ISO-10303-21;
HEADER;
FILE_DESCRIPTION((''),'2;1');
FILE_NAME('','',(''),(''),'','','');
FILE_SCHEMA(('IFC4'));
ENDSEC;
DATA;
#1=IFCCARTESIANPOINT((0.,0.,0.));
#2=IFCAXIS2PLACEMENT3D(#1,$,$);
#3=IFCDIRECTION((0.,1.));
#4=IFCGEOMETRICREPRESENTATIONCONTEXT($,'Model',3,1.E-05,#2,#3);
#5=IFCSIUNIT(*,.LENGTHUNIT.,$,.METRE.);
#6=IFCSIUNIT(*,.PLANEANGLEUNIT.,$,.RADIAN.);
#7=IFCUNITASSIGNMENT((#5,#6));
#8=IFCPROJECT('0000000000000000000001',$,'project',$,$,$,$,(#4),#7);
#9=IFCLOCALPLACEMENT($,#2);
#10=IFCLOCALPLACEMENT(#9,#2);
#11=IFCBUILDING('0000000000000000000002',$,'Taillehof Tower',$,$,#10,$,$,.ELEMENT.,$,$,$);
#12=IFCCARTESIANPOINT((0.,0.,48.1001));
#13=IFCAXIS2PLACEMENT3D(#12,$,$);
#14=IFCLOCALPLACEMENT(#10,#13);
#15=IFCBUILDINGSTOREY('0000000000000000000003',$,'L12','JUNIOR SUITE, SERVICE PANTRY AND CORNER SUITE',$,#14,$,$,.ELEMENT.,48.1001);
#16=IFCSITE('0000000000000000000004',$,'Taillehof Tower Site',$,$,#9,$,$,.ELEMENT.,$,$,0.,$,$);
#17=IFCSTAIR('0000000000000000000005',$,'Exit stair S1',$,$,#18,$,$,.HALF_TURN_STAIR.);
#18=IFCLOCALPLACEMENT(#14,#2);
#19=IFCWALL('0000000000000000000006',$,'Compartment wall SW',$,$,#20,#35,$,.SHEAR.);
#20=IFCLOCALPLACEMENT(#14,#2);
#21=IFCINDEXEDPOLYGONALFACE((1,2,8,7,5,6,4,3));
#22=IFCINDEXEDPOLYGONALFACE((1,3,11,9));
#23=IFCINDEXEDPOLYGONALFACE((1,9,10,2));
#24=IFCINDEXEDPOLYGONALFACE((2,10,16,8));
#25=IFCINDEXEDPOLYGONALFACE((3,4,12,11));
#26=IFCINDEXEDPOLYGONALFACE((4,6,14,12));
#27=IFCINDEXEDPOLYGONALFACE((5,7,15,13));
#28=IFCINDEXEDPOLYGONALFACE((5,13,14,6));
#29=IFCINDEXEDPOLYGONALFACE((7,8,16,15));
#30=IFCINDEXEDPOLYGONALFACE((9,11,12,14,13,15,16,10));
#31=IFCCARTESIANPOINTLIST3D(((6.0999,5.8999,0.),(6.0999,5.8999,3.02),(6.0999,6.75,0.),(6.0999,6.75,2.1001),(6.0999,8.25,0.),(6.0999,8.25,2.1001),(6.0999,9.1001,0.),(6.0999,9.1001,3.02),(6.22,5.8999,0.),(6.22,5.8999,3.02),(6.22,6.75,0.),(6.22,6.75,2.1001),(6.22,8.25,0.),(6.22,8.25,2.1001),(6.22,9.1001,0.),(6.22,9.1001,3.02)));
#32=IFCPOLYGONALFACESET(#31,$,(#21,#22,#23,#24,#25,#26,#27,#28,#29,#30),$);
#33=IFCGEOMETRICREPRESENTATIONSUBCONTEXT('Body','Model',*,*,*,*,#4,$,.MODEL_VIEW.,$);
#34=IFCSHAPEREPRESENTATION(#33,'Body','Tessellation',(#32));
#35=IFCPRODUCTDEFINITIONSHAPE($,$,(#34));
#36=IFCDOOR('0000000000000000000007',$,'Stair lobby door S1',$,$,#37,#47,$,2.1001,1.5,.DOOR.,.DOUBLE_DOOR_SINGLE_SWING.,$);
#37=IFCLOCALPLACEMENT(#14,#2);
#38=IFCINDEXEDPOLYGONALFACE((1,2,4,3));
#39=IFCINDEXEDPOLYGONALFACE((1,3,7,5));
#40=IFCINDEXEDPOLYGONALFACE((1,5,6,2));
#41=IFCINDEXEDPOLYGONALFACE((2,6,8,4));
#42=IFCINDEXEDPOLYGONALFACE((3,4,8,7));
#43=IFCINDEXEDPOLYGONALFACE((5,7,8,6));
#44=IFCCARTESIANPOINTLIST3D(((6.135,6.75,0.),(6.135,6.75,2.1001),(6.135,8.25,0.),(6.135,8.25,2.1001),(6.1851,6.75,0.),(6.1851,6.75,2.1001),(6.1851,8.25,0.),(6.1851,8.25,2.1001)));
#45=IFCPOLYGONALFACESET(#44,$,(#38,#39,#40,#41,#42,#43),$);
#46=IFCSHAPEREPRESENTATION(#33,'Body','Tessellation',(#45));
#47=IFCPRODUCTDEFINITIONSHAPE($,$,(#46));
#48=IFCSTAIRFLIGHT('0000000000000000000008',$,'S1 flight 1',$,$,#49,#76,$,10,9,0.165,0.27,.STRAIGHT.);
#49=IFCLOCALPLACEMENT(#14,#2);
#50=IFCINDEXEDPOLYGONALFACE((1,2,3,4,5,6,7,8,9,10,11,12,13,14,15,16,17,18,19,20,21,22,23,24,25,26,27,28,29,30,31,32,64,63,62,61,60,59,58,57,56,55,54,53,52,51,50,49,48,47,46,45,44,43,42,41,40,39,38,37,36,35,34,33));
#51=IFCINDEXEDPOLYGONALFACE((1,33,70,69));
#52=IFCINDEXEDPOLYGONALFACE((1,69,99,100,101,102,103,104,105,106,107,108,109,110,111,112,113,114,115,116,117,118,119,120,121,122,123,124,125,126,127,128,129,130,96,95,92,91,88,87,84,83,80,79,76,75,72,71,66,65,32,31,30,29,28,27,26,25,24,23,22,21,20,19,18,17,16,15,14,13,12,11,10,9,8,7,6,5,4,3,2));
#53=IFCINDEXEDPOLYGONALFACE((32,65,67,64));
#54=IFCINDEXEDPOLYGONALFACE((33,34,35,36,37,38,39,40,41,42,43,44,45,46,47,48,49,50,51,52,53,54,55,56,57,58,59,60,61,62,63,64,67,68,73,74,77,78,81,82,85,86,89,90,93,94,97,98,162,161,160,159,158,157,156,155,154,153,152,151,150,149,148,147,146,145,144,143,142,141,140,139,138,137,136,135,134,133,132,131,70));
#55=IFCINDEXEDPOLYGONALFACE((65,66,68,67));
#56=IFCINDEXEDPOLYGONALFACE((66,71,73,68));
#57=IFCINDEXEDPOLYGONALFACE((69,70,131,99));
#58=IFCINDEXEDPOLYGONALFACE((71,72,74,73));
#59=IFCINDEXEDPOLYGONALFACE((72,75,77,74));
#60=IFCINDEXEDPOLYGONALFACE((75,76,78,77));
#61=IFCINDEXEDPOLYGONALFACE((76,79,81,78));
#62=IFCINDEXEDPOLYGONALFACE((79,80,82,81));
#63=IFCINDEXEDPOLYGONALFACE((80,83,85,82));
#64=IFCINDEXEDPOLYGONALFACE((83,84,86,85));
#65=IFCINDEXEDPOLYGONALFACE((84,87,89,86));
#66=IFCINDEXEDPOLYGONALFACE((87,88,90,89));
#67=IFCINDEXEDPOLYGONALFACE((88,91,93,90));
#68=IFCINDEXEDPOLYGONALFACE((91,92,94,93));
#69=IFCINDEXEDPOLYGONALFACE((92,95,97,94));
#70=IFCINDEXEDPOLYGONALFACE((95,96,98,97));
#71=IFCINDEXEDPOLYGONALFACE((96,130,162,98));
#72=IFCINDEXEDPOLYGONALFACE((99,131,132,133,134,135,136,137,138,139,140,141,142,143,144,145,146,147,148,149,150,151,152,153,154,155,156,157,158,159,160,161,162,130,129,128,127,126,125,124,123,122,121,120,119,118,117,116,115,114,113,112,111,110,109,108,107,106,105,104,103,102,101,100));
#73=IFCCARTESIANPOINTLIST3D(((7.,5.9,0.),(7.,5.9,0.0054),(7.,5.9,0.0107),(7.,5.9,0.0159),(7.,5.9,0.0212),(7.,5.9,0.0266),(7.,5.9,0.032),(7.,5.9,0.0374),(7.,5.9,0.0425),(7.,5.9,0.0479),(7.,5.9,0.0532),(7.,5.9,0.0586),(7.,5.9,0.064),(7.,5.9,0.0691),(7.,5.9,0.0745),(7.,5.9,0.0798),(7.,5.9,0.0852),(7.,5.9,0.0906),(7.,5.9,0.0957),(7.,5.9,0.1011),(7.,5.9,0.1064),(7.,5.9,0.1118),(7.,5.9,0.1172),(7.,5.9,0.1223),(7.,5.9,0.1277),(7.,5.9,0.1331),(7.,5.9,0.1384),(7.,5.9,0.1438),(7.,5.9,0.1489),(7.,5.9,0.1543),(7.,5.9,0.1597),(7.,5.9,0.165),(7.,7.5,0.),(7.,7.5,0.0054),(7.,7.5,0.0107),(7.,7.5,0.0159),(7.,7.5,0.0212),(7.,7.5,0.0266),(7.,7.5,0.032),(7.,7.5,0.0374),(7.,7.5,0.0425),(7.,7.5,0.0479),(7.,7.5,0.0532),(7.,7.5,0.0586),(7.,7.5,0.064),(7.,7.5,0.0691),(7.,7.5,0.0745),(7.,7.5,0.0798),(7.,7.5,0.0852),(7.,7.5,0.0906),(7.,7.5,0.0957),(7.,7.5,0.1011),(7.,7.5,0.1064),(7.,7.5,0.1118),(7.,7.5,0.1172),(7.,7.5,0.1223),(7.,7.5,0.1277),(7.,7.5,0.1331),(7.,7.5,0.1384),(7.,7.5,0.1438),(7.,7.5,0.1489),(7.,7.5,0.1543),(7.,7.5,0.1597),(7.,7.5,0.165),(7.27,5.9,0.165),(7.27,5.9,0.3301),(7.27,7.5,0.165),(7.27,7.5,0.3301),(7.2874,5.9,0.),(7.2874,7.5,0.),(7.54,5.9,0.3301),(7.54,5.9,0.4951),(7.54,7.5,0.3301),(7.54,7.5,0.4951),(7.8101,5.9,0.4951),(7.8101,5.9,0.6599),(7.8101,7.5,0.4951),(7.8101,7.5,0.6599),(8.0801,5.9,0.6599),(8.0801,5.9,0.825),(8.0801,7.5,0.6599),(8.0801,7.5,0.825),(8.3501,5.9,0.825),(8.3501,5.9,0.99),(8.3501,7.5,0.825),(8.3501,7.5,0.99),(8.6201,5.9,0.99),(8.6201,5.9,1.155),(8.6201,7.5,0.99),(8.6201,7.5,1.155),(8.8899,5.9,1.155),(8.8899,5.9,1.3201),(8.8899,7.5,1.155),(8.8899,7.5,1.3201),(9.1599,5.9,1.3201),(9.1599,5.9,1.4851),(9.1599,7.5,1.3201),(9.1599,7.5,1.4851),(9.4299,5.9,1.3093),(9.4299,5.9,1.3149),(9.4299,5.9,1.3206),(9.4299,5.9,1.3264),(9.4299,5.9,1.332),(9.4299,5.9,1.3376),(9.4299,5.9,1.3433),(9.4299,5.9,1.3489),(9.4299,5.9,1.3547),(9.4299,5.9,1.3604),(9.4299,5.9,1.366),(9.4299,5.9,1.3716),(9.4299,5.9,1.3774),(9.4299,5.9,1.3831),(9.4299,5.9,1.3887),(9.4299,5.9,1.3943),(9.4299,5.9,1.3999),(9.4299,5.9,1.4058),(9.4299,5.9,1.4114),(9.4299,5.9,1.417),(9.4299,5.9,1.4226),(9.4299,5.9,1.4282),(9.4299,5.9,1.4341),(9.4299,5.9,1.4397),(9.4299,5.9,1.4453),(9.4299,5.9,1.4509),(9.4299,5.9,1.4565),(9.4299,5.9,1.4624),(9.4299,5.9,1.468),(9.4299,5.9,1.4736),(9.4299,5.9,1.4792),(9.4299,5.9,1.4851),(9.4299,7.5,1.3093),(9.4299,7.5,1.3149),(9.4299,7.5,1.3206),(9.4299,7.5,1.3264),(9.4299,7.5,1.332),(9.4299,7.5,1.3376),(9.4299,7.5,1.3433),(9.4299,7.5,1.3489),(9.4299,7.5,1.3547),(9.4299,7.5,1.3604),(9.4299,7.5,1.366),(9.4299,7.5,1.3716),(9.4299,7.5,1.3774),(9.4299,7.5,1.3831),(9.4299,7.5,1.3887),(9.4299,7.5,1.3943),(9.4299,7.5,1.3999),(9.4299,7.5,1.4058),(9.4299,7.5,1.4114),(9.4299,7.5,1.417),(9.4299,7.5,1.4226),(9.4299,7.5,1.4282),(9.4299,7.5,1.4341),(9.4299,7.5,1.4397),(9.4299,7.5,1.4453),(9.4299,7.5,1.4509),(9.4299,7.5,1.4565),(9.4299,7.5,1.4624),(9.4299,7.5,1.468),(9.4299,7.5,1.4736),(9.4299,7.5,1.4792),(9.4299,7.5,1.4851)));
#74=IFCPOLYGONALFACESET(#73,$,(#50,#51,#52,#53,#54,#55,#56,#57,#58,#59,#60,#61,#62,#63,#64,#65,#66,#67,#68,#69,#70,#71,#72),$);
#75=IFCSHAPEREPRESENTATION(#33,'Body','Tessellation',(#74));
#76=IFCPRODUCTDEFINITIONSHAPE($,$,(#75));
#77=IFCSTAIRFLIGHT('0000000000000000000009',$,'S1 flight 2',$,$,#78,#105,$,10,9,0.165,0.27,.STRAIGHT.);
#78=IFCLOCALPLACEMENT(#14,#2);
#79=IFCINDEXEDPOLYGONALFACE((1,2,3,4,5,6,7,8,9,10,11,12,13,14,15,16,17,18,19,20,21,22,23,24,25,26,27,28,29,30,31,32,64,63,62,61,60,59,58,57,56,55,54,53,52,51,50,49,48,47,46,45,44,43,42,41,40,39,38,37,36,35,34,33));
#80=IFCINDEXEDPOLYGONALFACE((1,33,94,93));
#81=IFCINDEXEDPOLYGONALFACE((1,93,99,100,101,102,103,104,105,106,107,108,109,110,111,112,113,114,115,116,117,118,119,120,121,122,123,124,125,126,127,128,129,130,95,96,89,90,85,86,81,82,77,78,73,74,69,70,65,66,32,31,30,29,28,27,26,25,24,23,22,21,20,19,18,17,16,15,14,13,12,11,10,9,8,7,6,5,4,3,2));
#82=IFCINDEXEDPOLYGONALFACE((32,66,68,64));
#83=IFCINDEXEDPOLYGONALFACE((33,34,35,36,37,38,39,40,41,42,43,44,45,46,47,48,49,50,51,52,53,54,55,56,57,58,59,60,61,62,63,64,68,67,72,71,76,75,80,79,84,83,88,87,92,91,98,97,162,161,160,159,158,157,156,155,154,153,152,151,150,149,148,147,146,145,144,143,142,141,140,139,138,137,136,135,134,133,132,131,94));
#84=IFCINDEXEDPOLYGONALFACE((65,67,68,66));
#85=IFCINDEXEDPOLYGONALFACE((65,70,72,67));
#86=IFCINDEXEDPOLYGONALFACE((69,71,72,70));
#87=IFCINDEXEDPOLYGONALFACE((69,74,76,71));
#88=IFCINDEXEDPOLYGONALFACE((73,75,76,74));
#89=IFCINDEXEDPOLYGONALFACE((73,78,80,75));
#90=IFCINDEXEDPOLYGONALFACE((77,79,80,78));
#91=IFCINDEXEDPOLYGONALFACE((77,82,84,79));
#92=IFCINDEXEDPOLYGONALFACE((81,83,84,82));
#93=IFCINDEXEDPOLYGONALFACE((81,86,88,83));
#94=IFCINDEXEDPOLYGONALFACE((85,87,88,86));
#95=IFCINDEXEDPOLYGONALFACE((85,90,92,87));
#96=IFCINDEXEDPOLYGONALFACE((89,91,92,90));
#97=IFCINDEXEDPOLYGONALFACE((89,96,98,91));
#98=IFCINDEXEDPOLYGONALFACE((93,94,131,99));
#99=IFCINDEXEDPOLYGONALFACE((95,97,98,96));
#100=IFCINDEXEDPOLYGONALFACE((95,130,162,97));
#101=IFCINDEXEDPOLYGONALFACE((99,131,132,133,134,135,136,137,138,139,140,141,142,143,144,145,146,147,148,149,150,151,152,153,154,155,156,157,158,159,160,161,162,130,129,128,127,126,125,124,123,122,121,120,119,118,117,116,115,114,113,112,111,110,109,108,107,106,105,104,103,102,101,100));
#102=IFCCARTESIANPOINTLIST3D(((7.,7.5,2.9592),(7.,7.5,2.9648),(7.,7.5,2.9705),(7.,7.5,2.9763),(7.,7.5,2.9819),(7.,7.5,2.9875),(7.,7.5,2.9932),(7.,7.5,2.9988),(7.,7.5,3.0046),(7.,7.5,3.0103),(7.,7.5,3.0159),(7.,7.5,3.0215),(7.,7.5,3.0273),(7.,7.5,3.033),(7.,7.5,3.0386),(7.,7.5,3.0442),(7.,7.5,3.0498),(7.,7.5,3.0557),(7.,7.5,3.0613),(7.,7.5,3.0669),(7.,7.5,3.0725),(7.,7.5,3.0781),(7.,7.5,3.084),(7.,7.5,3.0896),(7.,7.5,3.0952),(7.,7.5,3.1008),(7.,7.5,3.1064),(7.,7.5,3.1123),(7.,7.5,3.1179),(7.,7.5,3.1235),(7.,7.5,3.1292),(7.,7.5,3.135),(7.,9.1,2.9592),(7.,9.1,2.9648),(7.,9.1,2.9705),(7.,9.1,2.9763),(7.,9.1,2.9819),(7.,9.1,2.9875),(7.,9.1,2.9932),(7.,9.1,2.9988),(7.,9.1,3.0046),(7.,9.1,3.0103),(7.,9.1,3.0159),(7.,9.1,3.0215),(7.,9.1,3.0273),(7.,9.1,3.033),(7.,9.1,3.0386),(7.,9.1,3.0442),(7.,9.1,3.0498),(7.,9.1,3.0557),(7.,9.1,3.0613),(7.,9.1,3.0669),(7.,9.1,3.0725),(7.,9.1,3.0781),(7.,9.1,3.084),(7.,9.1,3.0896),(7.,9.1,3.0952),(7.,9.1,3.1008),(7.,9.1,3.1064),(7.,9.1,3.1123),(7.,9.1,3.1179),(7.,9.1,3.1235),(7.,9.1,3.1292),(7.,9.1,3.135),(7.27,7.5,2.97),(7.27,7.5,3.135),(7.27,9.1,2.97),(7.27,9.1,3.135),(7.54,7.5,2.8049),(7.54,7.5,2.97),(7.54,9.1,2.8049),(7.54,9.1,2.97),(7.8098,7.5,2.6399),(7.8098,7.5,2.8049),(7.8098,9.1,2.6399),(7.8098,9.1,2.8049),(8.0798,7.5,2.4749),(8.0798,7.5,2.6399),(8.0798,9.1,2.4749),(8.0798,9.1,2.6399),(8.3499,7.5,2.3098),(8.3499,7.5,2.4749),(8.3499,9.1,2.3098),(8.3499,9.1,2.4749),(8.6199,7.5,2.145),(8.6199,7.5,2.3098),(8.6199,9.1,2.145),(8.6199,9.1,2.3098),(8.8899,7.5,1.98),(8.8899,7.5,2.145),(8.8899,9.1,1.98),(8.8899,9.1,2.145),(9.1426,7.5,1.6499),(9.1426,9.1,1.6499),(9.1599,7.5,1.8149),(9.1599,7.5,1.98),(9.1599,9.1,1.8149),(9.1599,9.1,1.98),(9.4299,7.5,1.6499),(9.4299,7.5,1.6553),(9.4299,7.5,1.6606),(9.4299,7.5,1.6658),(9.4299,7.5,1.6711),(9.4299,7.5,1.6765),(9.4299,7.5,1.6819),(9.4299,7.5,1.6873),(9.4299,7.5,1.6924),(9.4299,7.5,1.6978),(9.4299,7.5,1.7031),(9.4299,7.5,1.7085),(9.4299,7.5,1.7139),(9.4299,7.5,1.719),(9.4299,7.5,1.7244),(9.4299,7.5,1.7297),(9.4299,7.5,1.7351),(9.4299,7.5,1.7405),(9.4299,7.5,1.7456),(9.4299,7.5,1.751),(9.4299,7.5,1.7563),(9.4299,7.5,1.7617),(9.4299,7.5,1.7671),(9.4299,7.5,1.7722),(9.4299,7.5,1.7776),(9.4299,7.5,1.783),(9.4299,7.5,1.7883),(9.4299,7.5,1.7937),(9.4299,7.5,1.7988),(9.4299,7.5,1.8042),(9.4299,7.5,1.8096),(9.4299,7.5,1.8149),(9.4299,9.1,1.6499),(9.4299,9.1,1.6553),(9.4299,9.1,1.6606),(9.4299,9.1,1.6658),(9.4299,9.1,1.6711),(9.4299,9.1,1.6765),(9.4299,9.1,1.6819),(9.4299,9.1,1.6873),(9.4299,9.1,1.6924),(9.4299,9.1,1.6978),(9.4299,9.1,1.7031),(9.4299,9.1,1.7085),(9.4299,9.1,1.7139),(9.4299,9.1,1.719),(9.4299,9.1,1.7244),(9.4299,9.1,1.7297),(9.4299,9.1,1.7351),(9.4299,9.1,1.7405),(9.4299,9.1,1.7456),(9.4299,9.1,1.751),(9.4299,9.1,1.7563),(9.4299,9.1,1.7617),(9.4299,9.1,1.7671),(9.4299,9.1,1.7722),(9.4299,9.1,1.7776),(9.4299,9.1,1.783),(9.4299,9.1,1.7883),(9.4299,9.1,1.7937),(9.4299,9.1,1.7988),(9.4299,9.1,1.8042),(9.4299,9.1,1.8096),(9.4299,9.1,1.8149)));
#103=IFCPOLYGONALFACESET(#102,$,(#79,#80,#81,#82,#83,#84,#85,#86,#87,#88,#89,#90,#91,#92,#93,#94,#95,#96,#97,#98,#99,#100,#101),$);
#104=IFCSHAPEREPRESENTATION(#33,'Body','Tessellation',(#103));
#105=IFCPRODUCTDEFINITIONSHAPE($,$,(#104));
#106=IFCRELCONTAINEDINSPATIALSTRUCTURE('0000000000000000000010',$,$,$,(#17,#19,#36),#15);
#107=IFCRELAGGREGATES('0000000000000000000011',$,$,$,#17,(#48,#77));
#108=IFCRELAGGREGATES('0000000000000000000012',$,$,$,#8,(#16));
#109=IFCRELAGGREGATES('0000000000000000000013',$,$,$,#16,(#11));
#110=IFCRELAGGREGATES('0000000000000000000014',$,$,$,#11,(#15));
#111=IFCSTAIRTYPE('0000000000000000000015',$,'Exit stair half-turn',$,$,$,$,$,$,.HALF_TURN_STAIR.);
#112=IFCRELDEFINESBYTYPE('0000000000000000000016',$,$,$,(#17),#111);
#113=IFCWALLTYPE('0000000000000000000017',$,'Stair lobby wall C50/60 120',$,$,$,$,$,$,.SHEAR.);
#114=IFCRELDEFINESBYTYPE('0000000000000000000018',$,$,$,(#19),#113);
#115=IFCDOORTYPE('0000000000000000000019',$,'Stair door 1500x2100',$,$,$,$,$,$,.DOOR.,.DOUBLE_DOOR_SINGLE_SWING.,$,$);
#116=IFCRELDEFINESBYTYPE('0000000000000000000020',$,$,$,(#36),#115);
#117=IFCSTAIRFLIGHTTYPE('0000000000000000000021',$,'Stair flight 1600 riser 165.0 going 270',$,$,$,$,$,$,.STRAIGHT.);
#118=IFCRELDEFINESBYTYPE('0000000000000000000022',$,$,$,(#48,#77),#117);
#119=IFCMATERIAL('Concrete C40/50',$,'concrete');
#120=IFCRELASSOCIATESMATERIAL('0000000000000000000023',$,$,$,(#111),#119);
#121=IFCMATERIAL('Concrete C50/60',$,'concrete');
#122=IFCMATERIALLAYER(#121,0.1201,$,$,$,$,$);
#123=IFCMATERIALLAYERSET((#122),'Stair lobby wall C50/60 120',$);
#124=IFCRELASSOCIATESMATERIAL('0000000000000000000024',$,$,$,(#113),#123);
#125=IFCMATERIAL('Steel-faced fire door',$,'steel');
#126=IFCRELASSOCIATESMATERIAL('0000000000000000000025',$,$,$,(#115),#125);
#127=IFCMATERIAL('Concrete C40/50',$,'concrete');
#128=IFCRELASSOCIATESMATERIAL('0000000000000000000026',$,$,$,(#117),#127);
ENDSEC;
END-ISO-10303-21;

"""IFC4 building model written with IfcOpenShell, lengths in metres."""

from ifc_helpers import new_model, si_unit, direction, frame, frame_2d, origin, place, context, subcontext, project, spatial, polyline, rectangle, outline, extrude, material, layer, layer_set, type_object, element, fill, aggregate, save


model = new_model("IFC4")

# Units and contexts
model_context = context("Model", 3, precision=1e-05, world=origin(), true_north=direction((0.0, 1.0)))
body_context = subcontext(model_context, "Body", "Model", "MODEL_VIEW")
ifc_project = project(units=[si_unit("LENGTHUNIT", "METRE"), si_unit("PLANEANGLEUNIT", "RADIAN")], contexts=[model_context])

# Site, building, storey
site_placement = place(None, origin())
site = spatial("IfcSite", under=ifc_project, at=site_placement, Name="Taillehof Tower Site", CompositionType="ELEMENT", RefElevation=0.0)
building_placement = place(site_placement, origin())
building = spatial("IfcBuilding", under=site, at=building_placement, Name="Taillehof Tower", CompositionType="ELEMENT")
storey_placement = place(building_placement, frame((0.0, 0.0, 48.1001)))
storey = spatial("IfcBuildingStorey", under=building, at=storey_placement, Name="L12", Description="JUNIOR SUITE, SERVICE PANTRY AND CORNER SUITE", CompositionType="ELEMENT", Elevation=48.1001)

# Stair
ifc_material_1 = material(Name="Concrete C40/50", Category="concrete")
stair_type = type_object("IfcStairType", Name="Exit stair half-turn", PredefinedType="HALF_TURN_STAIR", material=ifc_material_1)
stair_1_placement = place(storey_placement, origin())
stair_1 = element("IfcStair", 1, at=stair_1_placement, inside=storey, type_object=stair_type, Name="Exit stair S1", PredefinedType="HALF_TURN_STAIR")

# Wall, opening, door
ifc_material_2 = material(Name="Concrete C50/60", Category="concrete")
ifc_layer_1 = layer(ifc_material_2, 0.1201)
ifc_layer_set_1 = layer_set([ifc_layer_1], Name="Stair lobby wall C50/60 120")
wall_type_1 = type_object("IfcWallType", Name="Stair lobby wall C50/60 120", PredefinedType="SHEAR", material=ifc_layer_set_1)
wall_1_placement = place(storey_placement, frame((6.1599, 5.8999, 0.0), z_axis=(0.0, 0.0, 1.0), x_axis=(0.0, 1.0, 0.0)))
wall_1 = element("IfcWall", 2, at=wall_1_placement, inside=storey, type_object=wall_type_1, Name="Compartment wall SW", PredefinedType="SHEAR", context=body_context, shape_type="SweptSolid", body=[
    extrude(rectangle(XDim=3.2002, YDim=0.1201, at=frame_2d((1.6001, 0.0))), origin(), (0.0, 0.0, 1.0), 3.02),
])
opening_1_placement = place(wall_1_placement, frame((0.8501, 0.0, 0.0)))
opening_1 = element("IfcOpeningElement", 3, at=opening_1_placement, cuts=wall_1, PredefinedType="OPENING", context=body_context, shape_type="SweptSolid", body=[
    extrude(rectangle(XDim=1.5, YDim=2.1001, at=frame_2d((0.75, 1.05))), frame((0.0, 0.0701, 0.0), z_axis=(0.0, -1.0, 0.0), x_axis=(1.0, 0.0, 0.0)), (0.0, 0.0, 1.0), 0.1401),
])
ifc_material_3 = material(Name="Steel-faced fire door", Category="steel")
door_type_1 = type_object("IfcDoorType", Name="Stair door 1500x2100", OperationType="DOUBLE_DOOR_SINGLE_SWING", PredefinedType="DOOR", material=ifc_material_3)
door_1_placement = place(opening_1_placement, origin())
door_1 = element("IfcDoor", 4, at=door_1_placement, inside=storey, type_object=door_type_1, Name="Stair lobby door S1", OperationType="DOUBLE_DOOR_SINGLE_SWING", OverallHeight=2.1001, OverallWidth=1.5, PredefinedType="DOOR", context=body_context, shape_type="SweptSolid", body=[
    extrude(rectangle(XDim=1.5, YDim=2.1001, at=frame_2d((0.75, 1.05))), frame((0.0, 0.0249, 0.0), z_axis=(0.0, -1.0, 0.0), x_axis=(1.0, 0.0, 0.0)), (0.0, 0.0, 1.0), 0.05),
])
fill(opening_1, door_1)

# Stair flights
ifc_material_4 = material(Name="Concrete C40/50", Category="concrete")
stair_flight_type = type_object("IfcStairFlightType", Name="Stair flight 1600 riser 165.0 going 270", PredefinedType="STRAIGHT", material=ifc_material_4)
stair_flight_1_placement = place(storey_placement, frame((7.0, 6.7, 0.0), z_axis=(0.0, 0.0, 1.0), x_axis=(1.0, 0.0, 0.0)))
stair_flight_1 = element("IfcStairFlight", 5, at=stair_flight_1_placement, type_object=stair_flight_type, Name="S1 flight 1", NumberOfRisers=10, NumberOfTreads=9, PredefinedType="STRAIGHT", RiserHeight=0.165, TreadLength=0.27, context=body_context, shape_type="SweptSolid", body=[
    extrude(outline(polyline([(0.0, 0.0), (0.0, 0.0054), (0.0, 0.0107), (0.0, 0.0159), (0.0, 0.0212), (0.0, 0.0266), (0.0, 0.032), (0.0, 0.0374), (0.0, 0.0425), (0.0, 0.0479), (0.0, 0.0532), (0.0, 0.0586), (0.0, 0.064), (0.0, 0.0691), (0.0, 0.0745), (0.0, 0.0798), (0.0, 0.0852), (0.0, 0.0906), (0.0, 0.0957), (0.0, 0.1011), (0.0, 0.1064), (0.0, 0.1118), (0.0, 0.1172), (0.0, 0.1223), (0.0, 0.1277), (0.0, 0.1331), (0.0, 0.1384), (0.0, 0.1438), (0.0, 0.1489), (0.0, 0.1543), (0.0, 0.1597), (0.0, 0.165), (0.27, 0.165), (0.27, 0.3301), (0.54, 0.3301), (0.54, 0.4951), (0.8101, 0.4951), (0.8101, 0.6599), (1.0801, 0.6599), (1.0801, 0.825), (1.3501, 0.825), (1.3501, 0.99), (1.6201, 0.99), (1.6201, 1.155), (1.8899, 1.155), (1.8899, 1.3201), (2.1599, 1.3201), (2.1599, 1.4851), (2.4299, 1.4851), (2.4299, 1.4792), (2.4299, 1.4736), (2.4299, 1.468), (2.4299, 1.4624), (2.4299, 1.4565), (2.4299, 1.4509), (2.4299, 1.4453), (2.4299, 1.4397), (2.4299, 1.4341), (2.4299, 1.4282), (2.4299, 1.4226), (2.4299, 1.417), (2.4299, 1.4114), (2.4299, 1.4058), (2.4299, 1.3999), (2.4299, 1.3943), (2.4299, 1.3887), (2.4299, 1.3831), (2.4299, 1.3774), (2.4299, 1.3716), (2.4299, 1.366), (2.4299, 1.3604), (2.4299, 1.3547), (2.4299, 1.3489), (2.4299, 1.3433), (2.4299, 1.3376), (2.4299, 1.332), (2.4299, 1.3264), (2.4299, 1.3206), (2.4299, 1.3149), (2.4299, 1.3093), (0.2874, 0.0), (0.0, 0.0)])), frame((0.0, 0.8, 0.0), z_axis=(0.0, -1.0, 0.0), x_axis=(1.0, 0.0, 0.0)), (0.0, 0.0, 1.0), 1.6),
])
stair_flight_2_placement = place(storey_placement, frame((9.4299, 8.3, 1.6499), z_axis=(0.0, 0.0, 1.0), x_axis=(-1.0, 0.0, 0.0)))
stair_flight_2 = element("IfcStairFlight", 6, at=stair_flight_2_placement, type_object=stair_flight_type, Name="S1 flight 2", NumberOfRisers=10, NumberOfTreads=9, PredefinedType="STRAIGHT", RiserHeight=0.165, TreadLength=0.27, context=body_context, shape_type="SweptSolid", body=[
    extrude(outline(polyline([(0.0, 0.0), (0.0, 0.0054), (0.0, 0.0107), (0.0, 0.0159), (0.0, 0.0212), (0.0, 0.0266), (0.0, 0.032), (0.0, 0.0374), (0.0, 0.0425), (0.0, 0.0479), (0.0, 0.0532), (0.0, 0.0586), (0.0, 0.064), (0.0, 0.0691), (0.0, 0.0745), (0.0, 0.0798), (0.0, 0.0852), (0.0, 0.0906), (0.0, 0.0957), (0.0, 0.1011), (0.0, 0.1064), (0.0, 0.1118), (0.0, 0.1172), (0.0, 0.1223), (0.0, 0.1277), (0.0, 0.1331), (0.0, 0.1384), (0.0, 0.1438), (0.0, 0.1489), (0.0, 0.1543), (0.0, 0.1597), (0.0, 0.165), (0.27, 0.165), (0.27, 0.3301), (0.54, 0.3301), (0.54, 0.4951), (0.8101, 0.4951), (0.8101, 0.6599), (1.0801, 0.6599), (1.0801, 0.825), (1.3501, 0.825), (1.3501, 0.99), (1.6201, 0.99), (1.6201, 1.155), (1.8899, 1.155), (1.8899, 1.3201), (2.1599, 1.3201), (2.1599, 1.4851), (2.4299, 1.4851), (2.4299, 1.4792), (2.4299, 1.4736), (2.4299, 1.468), (2.4299, 1.4624), (2.4299, 1.4565), (2.4299, 1.4509), (2.4299, 1.4453), (2.4299, 1.4397), (2.4299, 1.4341), (2.4299, 1.4282), (2.4299, 1.4226), (2.4299, 1.417), (2.4299, 1.4114), (2.4299, 1.4058), (2.4299, 1.3999), (2.4299, 1.3943), (2.4299, 1.3887), (2.4299, 1.3831), (2.4299, 1.3774), (2.4299, 1.3716), (2.4299, 1.366), (2.4299, 1.3604), (2.4299, 1.3547), (2.4299, 1.3489), (2.4299, 1.3433), (2.4299, 1.3376), (2.4299, 1.332), (2.4299, 1.3264), (2.4299, 1.3206), (2.4299, 1.3149), (2.4299, 1.3093), (0.2874, 0.0), (0.0, 0.0)])), frame((0.0, 0.8, 0.0), z_axis=(0.0, -1.0, 0.0), x_axis=(1.0, 0.0, 0.0)), (0.0, 0.0, 1.0), 1.6),
])
aggregate(stair_1, [stair_flight_1, stair_flight_2])

save(model, "model.ifc")
